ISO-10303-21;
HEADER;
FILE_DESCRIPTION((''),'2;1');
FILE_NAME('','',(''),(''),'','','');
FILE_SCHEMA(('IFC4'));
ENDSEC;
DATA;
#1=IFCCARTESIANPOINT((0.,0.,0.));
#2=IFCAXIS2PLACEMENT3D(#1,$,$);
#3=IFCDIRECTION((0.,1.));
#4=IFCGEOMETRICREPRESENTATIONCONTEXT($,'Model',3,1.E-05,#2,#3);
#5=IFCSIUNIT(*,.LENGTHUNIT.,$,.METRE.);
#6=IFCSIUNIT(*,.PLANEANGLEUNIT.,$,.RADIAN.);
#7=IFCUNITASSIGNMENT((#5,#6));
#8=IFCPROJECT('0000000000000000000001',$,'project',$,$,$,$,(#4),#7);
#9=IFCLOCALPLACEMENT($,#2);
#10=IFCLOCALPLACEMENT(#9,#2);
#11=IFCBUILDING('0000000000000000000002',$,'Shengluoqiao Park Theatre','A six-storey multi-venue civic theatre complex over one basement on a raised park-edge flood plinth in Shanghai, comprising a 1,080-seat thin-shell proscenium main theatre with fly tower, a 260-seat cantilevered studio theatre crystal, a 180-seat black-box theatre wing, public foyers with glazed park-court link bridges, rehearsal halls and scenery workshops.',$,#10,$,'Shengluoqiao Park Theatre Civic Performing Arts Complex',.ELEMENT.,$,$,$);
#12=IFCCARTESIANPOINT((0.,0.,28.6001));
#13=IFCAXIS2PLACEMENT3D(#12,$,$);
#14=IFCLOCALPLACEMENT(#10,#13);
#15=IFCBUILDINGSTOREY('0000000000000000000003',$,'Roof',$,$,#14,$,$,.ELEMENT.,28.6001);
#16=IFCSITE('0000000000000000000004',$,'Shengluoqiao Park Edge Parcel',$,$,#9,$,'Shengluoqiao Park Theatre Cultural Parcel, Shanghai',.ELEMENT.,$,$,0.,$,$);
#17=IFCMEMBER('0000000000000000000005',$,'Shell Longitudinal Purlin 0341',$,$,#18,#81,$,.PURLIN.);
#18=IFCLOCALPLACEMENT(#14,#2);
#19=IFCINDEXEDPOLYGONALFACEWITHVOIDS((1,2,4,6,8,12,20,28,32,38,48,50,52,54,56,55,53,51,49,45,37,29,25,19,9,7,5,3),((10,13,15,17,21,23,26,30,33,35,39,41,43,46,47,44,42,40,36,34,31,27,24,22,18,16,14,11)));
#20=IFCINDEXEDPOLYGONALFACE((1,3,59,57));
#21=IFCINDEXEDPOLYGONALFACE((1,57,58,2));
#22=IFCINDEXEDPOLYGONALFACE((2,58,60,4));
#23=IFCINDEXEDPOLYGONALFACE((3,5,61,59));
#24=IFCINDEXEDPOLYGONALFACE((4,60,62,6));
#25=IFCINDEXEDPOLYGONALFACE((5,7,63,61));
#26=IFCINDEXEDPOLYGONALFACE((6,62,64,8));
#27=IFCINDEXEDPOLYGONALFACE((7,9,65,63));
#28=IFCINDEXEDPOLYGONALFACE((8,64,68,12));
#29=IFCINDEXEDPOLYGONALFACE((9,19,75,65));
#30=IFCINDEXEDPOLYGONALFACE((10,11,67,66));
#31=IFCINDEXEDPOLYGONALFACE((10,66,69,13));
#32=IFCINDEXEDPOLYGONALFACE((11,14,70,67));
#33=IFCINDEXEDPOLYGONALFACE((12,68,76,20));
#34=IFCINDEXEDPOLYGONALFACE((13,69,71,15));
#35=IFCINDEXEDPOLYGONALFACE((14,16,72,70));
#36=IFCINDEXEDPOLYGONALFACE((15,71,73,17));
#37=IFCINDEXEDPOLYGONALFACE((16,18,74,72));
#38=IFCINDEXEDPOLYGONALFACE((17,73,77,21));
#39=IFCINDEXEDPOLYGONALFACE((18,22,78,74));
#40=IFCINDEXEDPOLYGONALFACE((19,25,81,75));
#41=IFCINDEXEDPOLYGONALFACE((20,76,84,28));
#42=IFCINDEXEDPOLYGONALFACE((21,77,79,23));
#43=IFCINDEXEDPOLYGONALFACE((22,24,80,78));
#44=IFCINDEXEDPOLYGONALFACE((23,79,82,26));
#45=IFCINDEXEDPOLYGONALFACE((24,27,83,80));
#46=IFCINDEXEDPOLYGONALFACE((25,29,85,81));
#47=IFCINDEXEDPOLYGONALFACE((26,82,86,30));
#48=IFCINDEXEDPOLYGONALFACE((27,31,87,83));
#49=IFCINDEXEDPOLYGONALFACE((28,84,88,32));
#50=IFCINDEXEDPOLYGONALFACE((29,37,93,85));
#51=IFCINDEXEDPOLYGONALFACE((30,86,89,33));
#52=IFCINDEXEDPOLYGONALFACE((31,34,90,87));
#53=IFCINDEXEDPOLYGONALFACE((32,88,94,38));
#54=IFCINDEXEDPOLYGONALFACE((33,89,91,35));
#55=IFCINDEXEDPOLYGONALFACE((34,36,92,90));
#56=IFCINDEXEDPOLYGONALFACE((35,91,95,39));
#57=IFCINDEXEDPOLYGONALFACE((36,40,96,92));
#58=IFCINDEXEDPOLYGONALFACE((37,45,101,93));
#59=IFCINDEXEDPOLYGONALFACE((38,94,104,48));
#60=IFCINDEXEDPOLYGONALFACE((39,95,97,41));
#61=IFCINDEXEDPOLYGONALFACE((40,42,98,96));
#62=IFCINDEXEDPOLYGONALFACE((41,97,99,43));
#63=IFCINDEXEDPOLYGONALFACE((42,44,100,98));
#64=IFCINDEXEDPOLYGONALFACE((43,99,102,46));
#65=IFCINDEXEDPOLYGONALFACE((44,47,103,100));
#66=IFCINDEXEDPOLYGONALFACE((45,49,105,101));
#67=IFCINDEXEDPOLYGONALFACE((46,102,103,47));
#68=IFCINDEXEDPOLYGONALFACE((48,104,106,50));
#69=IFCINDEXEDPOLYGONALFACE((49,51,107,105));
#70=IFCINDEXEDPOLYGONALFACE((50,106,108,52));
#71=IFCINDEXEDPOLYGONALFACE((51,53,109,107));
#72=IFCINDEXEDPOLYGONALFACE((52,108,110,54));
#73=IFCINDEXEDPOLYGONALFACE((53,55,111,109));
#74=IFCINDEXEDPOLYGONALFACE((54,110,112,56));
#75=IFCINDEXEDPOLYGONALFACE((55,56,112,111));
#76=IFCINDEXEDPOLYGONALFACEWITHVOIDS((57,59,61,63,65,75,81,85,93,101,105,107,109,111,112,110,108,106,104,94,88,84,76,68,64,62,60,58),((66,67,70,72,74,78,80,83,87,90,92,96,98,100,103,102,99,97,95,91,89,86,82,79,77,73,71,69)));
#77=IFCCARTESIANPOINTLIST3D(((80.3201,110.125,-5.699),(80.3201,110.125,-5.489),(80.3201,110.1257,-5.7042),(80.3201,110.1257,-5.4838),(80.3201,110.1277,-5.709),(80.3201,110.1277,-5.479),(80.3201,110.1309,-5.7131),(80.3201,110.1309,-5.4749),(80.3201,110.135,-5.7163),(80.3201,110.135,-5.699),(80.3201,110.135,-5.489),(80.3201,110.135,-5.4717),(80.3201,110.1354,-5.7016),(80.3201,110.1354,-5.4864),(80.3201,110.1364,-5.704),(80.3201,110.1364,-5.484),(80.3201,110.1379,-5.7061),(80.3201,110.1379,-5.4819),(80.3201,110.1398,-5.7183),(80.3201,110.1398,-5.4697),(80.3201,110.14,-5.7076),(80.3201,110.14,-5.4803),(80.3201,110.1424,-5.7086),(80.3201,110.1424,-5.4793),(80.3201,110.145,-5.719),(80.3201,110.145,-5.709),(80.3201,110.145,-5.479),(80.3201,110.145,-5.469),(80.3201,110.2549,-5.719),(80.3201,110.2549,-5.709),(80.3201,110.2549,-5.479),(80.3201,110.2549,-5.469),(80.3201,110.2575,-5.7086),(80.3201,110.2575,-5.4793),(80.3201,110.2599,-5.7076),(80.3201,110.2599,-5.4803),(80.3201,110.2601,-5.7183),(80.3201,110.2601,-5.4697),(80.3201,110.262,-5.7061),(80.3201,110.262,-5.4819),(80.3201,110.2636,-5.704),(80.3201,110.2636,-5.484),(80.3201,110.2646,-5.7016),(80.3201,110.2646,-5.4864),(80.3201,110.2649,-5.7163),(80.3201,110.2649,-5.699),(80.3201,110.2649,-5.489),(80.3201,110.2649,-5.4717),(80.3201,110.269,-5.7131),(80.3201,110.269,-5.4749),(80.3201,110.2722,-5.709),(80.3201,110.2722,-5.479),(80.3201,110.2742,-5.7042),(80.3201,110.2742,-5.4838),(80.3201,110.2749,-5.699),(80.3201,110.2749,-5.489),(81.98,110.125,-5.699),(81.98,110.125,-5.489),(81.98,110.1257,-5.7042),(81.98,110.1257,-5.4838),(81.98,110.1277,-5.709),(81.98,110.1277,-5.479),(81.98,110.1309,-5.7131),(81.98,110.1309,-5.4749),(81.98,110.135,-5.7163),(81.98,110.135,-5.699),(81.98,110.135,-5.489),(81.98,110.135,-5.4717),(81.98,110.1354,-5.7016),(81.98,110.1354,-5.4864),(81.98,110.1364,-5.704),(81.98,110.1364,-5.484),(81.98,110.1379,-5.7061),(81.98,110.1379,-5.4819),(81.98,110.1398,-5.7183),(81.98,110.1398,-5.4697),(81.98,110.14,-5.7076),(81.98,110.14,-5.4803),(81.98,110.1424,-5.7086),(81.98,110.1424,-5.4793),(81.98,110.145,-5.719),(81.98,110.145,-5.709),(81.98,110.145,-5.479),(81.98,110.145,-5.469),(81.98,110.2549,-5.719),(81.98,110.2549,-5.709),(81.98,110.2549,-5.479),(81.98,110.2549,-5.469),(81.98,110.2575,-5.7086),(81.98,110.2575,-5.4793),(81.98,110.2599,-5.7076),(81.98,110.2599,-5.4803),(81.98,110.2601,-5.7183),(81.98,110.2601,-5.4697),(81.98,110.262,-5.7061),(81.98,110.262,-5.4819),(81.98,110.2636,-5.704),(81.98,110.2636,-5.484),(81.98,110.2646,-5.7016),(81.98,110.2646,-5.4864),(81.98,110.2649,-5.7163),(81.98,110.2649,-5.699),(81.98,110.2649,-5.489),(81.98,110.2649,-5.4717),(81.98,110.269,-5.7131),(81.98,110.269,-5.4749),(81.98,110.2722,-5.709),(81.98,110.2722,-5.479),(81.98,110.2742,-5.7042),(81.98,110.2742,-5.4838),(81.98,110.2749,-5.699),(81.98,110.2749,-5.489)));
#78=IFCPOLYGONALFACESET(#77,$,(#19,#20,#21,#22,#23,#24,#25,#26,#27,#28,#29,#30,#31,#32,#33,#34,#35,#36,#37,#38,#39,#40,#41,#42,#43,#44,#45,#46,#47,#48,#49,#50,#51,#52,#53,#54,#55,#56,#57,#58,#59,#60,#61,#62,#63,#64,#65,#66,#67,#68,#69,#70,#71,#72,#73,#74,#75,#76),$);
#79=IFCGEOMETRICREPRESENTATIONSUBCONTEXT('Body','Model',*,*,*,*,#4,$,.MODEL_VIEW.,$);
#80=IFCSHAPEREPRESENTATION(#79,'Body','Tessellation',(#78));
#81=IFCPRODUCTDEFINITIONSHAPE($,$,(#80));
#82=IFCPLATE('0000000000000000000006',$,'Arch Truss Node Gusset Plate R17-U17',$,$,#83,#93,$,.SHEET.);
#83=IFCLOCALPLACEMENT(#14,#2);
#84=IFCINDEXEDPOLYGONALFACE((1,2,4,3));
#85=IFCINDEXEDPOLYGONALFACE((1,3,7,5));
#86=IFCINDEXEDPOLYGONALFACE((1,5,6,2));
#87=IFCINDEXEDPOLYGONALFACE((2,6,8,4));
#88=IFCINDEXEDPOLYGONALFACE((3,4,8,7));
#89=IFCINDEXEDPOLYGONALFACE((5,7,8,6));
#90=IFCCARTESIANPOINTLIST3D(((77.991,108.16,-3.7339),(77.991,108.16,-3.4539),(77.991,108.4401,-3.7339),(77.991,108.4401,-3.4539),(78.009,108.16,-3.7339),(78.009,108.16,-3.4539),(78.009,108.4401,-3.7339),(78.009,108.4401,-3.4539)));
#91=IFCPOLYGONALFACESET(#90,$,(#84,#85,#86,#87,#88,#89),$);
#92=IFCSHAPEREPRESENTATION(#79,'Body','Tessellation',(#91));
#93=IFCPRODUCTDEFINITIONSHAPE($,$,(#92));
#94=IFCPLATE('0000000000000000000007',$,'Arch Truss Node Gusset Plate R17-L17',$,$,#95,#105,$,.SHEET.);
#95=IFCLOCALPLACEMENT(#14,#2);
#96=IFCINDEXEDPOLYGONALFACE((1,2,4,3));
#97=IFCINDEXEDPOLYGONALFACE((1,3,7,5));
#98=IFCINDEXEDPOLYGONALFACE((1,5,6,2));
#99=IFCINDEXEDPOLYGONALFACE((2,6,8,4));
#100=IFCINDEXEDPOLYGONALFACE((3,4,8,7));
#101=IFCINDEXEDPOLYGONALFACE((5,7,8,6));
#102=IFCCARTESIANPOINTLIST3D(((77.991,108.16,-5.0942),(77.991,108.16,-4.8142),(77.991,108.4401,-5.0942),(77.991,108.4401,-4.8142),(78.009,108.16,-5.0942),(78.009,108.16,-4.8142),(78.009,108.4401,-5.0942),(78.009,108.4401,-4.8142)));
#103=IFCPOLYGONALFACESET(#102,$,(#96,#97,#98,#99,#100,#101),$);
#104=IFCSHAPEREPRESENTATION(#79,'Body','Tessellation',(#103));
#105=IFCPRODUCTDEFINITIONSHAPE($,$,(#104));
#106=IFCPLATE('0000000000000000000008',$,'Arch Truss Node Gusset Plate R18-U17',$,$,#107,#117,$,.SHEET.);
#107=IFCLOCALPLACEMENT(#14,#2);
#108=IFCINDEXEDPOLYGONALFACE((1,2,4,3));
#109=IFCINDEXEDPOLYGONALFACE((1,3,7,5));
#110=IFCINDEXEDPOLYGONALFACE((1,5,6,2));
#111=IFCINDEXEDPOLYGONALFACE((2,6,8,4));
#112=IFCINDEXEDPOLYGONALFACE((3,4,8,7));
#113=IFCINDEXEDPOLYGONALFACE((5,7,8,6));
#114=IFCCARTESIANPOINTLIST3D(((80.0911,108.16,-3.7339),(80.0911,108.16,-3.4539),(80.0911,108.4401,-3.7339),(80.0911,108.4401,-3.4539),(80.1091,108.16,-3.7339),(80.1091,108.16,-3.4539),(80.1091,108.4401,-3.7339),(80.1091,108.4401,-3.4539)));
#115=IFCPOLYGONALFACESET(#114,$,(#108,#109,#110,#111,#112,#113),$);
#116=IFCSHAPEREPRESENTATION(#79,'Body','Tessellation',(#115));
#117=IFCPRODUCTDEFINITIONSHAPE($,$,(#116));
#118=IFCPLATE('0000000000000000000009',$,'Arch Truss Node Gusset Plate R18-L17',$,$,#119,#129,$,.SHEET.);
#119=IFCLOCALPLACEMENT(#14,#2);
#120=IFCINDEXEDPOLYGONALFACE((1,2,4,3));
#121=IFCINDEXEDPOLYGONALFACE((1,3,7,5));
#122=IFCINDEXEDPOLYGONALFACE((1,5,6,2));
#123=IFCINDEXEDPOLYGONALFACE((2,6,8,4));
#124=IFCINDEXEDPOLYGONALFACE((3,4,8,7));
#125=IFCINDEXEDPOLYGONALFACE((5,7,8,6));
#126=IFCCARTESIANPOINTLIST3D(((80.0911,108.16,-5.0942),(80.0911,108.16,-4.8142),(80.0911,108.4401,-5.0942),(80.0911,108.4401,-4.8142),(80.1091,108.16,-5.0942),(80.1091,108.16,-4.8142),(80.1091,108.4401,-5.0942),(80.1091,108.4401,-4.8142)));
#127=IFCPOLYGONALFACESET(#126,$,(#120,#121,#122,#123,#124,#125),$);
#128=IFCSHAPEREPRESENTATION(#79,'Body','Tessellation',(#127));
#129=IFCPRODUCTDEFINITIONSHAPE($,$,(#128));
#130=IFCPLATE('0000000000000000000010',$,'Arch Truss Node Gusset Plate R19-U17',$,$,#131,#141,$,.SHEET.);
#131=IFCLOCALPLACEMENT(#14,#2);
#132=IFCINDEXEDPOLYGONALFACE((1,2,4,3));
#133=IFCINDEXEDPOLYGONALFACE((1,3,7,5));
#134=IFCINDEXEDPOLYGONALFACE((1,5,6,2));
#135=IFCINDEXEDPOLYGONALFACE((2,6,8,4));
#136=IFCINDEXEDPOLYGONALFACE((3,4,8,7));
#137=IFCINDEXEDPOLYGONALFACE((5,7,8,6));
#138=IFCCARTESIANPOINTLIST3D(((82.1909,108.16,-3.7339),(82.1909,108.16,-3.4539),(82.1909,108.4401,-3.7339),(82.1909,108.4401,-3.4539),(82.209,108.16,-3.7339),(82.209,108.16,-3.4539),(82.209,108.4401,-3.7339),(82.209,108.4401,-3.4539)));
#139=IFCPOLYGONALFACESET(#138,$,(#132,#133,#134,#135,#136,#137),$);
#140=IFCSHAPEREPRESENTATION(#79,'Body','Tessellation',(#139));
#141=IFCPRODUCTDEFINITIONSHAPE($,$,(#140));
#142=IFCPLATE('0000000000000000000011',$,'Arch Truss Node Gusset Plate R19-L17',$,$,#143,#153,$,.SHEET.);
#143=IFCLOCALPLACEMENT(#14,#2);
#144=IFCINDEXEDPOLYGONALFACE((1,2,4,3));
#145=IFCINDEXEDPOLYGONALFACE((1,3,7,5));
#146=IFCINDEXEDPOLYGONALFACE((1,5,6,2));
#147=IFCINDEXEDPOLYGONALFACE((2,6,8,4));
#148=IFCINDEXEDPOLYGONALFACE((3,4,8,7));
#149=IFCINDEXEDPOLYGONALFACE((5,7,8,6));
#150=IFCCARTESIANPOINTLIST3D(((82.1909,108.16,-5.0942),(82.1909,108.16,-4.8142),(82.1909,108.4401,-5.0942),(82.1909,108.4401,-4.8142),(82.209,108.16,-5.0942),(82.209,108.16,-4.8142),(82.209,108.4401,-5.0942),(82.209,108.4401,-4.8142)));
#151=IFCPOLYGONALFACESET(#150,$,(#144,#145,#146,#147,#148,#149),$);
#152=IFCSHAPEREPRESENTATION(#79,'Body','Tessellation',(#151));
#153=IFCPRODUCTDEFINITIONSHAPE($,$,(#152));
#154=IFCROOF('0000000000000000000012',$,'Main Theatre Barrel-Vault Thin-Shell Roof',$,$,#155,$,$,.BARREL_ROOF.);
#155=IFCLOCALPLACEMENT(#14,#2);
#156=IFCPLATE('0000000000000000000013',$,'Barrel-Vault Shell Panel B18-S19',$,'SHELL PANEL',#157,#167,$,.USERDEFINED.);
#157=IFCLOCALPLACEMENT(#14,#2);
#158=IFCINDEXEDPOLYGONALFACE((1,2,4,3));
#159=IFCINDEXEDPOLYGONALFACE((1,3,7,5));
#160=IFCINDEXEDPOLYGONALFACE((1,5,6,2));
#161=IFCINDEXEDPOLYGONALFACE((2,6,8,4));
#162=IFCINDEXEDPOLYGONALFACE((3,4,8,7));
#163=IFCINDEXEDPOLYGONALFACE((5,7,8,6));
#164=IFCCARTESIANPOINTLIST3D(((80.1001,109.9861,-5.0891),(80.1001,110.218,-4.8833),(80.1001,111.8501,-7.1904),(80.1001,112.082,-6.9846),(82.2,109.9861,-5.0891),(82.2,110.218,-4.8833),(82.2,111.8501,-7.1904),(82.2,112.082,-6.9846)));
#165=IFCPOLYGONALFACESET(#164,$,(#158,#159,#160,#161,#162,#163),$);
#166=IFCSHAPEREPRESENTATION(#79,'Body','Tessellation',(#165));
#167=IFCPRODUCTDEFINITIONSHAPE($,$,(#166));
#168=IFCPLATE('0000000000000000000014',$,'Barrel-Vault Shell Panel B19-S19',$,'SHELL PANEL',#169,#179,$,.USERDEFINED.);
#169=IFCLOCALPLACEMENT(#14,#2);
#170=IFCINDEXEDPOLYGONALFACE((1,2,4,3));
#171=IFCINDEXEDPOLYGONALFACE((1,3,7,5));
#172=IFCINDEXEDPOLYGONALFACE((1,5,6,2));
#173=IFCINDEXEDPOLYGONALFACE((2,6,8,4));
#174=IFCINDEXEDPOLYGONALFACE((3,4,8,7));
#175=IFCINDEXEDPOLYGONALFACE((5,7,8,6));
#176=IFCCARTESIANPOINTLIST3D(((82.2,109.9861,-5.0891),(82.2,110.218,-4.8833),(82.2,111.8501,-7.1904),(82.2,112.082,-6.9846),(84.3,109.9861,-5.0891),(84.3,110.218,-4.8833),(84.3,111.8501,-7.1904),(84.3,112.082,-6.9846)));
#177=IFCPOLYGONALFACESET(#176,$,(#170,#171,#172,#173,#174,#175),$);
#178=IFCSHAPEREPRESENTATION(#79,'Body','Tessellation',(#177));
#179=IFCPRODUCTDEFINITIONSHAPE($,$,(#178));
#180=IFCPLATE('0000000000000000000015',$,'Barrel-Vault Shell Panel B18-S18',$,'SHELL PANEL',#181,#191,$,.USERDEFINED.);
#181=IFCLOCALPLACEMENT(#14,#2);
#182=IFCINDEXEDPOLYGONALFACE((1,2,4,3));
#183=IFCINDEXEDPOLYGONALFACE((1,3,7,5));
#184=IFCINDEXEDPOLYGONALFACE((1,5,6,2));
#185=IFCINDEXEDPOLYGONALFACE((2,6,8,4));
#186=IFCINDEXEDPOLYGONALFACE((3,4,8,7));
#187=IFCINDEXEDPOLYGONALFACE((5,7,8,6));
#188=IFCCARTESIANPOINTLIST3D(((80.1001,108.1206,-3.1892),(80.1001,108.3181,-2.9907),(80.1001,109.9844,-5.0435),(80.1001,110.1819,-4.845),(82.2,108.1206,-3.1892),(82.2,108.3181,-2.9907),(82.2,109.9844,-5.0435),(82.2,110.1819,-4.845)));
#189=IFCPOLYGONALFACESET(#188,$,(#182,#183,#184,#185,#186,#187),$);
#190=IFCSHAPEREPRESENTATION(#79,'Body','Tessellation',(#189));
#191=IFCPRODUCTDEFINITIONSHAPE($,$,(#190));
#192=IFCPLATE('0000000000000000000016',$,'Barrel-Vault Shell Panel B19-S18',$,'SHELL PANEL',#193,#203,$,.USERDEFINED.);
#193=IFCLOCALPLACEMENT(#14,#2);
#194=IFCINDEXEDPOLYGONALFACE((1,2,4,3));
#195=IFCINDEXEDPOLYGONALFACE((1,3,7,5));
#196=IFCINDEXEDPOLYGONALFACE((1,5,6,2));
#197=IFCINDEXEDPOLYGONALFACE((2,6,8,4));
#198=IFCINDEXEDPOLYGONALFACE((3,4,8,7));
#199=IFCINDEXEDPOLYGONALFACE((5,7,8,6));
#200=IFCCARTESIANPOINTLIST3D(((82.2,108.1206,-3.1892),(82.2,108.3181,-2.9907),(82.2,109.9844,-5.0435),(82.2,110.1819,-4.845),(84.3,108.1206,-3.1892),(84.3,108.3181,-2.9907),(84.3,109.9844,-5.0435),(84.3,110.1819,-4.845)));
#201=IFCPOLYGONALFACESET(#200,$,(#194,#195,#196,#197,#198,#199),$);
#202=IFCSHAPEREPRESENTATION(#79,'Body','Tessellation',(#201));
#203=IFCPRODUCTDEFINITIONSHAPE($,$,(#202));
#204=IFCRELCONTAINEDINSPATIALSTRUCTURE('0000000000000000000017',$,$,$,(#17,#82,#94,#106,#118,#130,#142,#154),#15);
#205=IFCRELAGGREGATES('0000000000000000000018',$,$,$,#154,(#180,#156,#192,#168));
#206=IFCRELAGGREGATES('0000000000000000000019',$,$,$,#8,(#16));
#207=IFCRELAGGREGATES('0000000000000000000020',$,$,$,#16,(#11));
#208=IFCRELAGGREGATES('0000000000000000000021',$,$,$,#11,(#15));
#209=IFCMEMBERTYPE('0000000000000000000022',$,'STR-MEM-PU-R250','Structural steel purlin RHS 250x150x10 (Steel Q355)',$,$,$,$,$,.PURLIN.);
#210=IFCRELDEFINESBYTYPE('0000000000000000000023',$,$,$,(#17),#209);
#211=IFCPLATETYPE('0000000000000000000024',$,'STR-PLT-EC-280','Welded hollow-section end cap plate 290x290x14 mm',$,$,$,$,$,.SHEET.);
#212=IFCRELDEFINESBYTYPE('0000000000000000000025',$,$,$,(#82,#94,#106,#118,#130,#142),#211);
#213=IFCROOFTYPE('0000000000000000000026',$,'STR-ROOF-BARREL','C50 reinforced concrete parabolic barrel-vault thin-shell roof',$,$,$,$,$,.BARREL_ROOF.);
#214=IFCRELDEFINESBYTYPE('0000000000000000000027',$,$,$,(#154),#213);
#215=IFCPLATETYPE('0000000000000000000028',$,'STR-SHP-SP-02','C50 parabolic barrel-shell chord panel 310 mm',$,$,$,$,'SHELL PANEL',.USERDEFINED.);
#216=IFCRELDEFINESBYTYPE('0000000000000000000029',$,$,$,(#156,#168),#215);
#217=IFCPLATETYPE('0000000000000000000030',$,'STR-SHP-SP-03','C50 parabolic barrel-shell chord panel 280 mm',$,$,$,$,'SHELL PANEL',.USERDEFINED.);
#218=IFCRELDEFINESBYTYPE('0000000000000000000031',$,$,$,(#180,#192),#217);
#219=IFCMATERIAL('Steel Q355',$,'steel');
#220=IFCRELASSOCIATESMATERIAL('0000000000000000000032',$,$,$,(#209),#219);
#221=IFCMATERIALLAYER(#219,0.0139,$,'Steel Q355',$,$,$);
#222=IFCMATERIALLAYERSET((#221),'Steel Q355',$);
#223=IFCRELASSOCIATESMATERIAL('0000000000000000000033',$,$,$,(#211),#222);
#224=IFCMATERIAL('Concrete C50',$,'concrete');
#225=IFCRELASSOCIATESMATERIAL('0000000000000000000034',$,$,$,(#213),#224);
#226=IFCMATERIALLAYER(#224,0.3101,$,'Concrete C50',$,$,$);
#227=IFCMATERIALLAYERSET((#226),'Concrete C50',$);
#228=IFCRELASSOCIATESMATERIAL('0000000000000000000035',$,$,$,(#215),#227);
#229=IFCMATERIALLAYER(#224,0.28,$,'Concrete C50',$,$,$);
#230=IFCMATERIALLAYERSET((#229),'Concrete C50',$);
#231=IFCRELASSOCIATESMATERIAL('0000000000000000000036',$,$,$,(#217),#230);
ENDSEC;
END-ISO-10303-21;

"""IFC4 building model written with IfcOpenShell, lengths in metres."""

from ifc_helpers import new_model, si_unit, direction, frame, origin, origin_2d, place, context, subcontext, project, spatial, polyline, rectangle, hollow_rectangle, outline, extrude, material, layer, layer_set, material_profile, profile_set, type_object, element, aggregate, save


model = new_model("IFC4")

# Units and contexts
model_context = context("Model", 3, precision=1e-05, world=origin(), true_north=direction((0.0, 1.0)))
body_context = subcontext(model_context, "Body", "Model", "MODEL_VIEW")
ifc_project = project(units=[si_unit("LENGTHUNIT", "METRE"), si_unit("PLANEANGLEUNIT", "RADIAN")], contexts=[model_context])

# Site, building, storey
site_placement = place(None, origin())
site = spatial("IfcSite", under=ifc_project, at=site_placement, Name="Shengluoqiao Park Edge Parcel", LongName="Shengluoqiao Park Theatre Cultural Parcel, Shanghai", CompositionType="ELEMENT", RefElevation=0.0)
building_placement = place(site_placement, origin())
building = spatial("IfcBuilding", under=site, at=building_placement, Name="Shengluoqiao Park Theatre", Description="A six-storey multi-venue civic theatre complex over one basement on a raised park-edge flood plinth in Shanghai, comprising a 1,080-seat thin-shell proscenium main theatre with fly tower, a 260-seat cantilevered studio theatre crystal, a 180-seat black-box theatre wing, public foyers with glazed park-court link bridges, rehearsal halls and scenery workshops.", LongName="Shengluoqiao Park Theatre Civic Performing Arts Complex", CompositionType="ELEMENT")
storey_placement = place(building_placement, frame((0.0, 0.0, 28.6001)))
storey = spatial("IfcBuildingStorey", under=building, at=storey_placement, Name="Roof", CompositionType="ELEMENT", Elevation=28.6001)

# Shared definitions
ifc_material_1 = material(Name="Concrete C50", Category="concrete")
ifc_material_2 = material(Name="Steel Q355", Category="steel")

# Member
ifc_material_profile_1 = material_profile(ifc_material_2, hollow_rectangle(XDim=0.1499, YDim=0.25, WallThickness=0.01, InnerFilletRadius=0.01, OuterFilletRadius=0.02, at=origin_2d()), Name="RHS 250x150x10")
ifc_profile_set_1 = profile_set([ifc_material_profile_1], Name="Steel Q355")
member_type_1 = type_object("IfcMemberType", Name="STR-MEM-PU-R250", Description="Structural steel purlin RHS 250x150x10 (Steel Q355)", PredefinedType="PURLIN", material=ifc_profile_set_1)
member_1_placement = place(storey_placement, frame((80.3201, 110.2, -5.594), z_axis=(1.0, 0.0, 0.0), x_axis=(0.0, 1.0, 0.0)))
element("IfcMember", 1, at=member_1_placement, inside=storey, type_object=member_type_1, Name="Shell Longitudinal Purlin 0341", PredefinedType="PURLIN", context=body_context, shape_type="SweptSolid", body=[
    extrude(hollow_rectangle(XDim=0.1499, YDim=0.25, WallThickness=0.01, InnerFilletRadius=0.01, OuterFilletRadius=0.02, at=origin_2d()), origin(), (0.0, 0.0, 1.0), 1.6599),
])

# Plates
ifc_layer_1 = layer(ifc_material_2, 0.0139, Name="Steel Q355")
ifc_layer_set_1 = layer_set([ifc_layer_1], Name="Steel Q355")
plate_type_1 = type_object("IfcPlateType", Name="STR-PLT-EC-280", Description="Welded hollow-section end cap plate 290x290x14 mm", PredefinedType="SHEET", material=ifc_layer_set_1)
for number, where, z_axis, x_axis, name in (
    (2, (78.0, 108.3, -3.7339), (0.0, 0.0, 1.0), (1.0, 0.0, 0.0), "Arch Truss Node Gusset Plate R17-U17"),
    (3, (78.0, 108.3, -5.0942), (0.0, 0.0, 1.0), (1.0, 0.0, 0.0), "Arch Truss Node Gusset Plate R17-L17"),
    (4, (80.1001, 108.3, -3.7339), (0.0, 0.0, 1.0), (1.0, 0.0, 0.0), "Arch Truss Node Gusset Plate R18-U17"),
    (5, (80.1001, 108.3, -5.0942), (0.0, 0.0, 1.0), (1.0, 0.0, 0.0), "Arch Truss Node Gusset Plate R18-L17"),
    (6, (82.2, 108.3, -3.7339), (0.0, 0.0, 1.0), (1.0, 0.0, 0.0), "Arch Truss Node Gusset Plate R19-U17"),
    (7, (82.2, 108.3, -5.0942), (0.0, 0.0, 1.0), (1.0, 0.0, 0.0), "Arch Truss Node Gusset Plate R19-L17"),
):
    element("IfcPlate", number, at=place(storey_placement, frame(where, z_axis=z_axis, x_axis=x_axis)), inside=storey, type_object=plate_type_1, Name=name, PredefinedType="SHEET", context=body_context, shape_type="SweptSolid", body=[
        extrude(rectangle(XDim=0.0181, YDim=0.28, at=origin_2d()), origin(), (0.0, 0.0, 1.0), 0.28),
    ])

# Roof, plates
roof_type = type_object("IfcRoofType", Name="STR-ROOF-BARREL", Description="C50 reinforced concrete parabolic barrel-vault thin-shell roof", PredefinedType="BARREL_ROOF", material=ifc_material_1)
roof_placement = place(storey_placement, origin())
roof = element("IfcRoof", 8, at=roof_placement, inside=storey, type_object=roof_type, Name="Main Theatre Barrel-Vault Thin-Shell Roof", PredefinedType="BARREL_ROOF")
ifc_layer_2 = layer(ifc_material_1, 0.3101, Name="Concrete C50")
ifc_layer_set_2 = layer_set([ifc_layer_2], Name="Concrete C50")
plate_type_2 = type_object("IfcPlateType", Name="STR-SHP-SP-02", Description="C50 parabolic barrel-shell chord panel 310 mm", ElementType="SHELL PANEL", PredefinedType="USERDEFINED", material=ifc_layer_set_2)
plate_1_placement = place(storey_placement, frame((80.1001, 110.218, -4.8833), z_axis=(0.0, 0.748085, 0.663603), x_axis=(1.0, 0.0, 0.0)))
plate_1 = element("IfcPlate", 9, at=plate_1_placement, type_object=plate_type_2, Name="Barrel-Vault Shell Panel B18-S19", ObjectType="SHELL PANEL", PredefinedType="USERDEFINED", context=body_context, shape_type="SweptSolid", body=[
    extrude(outline(polyline([(0.0, 0.0), (2.0999, 0.0), (2.0999, 2.8089), (0.0, 2.8089), (0.0, 0.0)])), origin(), (0.0, 0.0, -1.0), 0.3101),
])
plate_2_placement = place(storey_placement, frame((82.2, 110.218, -4.8833), z_axis=(0.0, 0.748085, 0.663603), x_axis=(1.0, 0.0, 0.0)))
plate_2 = element("IfcPlate", 10, at=plate_2_placement, type_object=plate_type_2, Name="Barrel-Vault Shell Panel B19-S19", ObjectType="SHELL PANEL", PredefinedType="USERDEFINED", context=body_context, shape_type="SweptSolid", body=[
    extrude(outline(polyline([(0.0, 0.0), (2.1001, 0.0), (2.1001, 2.8089), (0.0, 2.8089), (0.0, 0.0)])), origin(), (0.0, 0.0, -1.0), 0.3101),
])
ifc_layer_3 = layer(ifc_material_1, 0.28, Name="Concrete C50")
ifc_layer_set_3 = layer_set([ifc_layer_3], Name="Concrete C50")
plate_type_3 = type_object("IfcPlateType", Name="STR-SHP-SP-03", Description="C50 parabolic barrel-shell chord panel 280 mm", ElementType="SHELL PANEL", PredefinedType="USERDEFINED", material=ifc_layer_set_3)
plate_3_placement = place(storey_placement, frame((80.1001, 108.3181, -2.9907), z_axis=(0.0, 0.705294, 0.708915), x_axis=(1.0, 0.0, 0.0)))
plate_3 = element("IfcPlate", 11, at=plate_3_placement, type_object=plate_type_3, Name="Barrel-Vault Shell Panel B18-S18", ObjectType="SHELL PANEL", PredefinedType="USERDEFINED", context=body_context, shape_type="SweptSolid", body=[
    extrude(outline(polyline([(0.0, 0.0), (2.0999, 0.0), (2.0999, 2.629), (0.0, 2.629), (0.0, 0.0)])), origin(), (0.0, 0.0, -1.0), 0.28),
])
plate_4_placement = place(storey_placement, frame((82.2, 108.3181, -2.9907), z_axis=(0.0, 0.705294, 0.708915), x_axis=(1.0, 0.0, 0.0)))
plate_4 = element("IfcPlate", 12, at=plate_4_placement, type_object=plate_type_3, Name="Barrel-Vault Shell Panel B19-S18", ObjectType="SHELL PANEL", PredefinedType="USERDEFINED", context=body_context, shape_type="SweptSolid", body=[
    extrude(outline(polyline([(0.0, 0.0), (2.1001, 0.0), (2.1001, 2.629), (0.0, 2.629), (0.0, 0.0)])), origin(), (0.0, 0.0, -1.0), 0.28),
])
aggregate(roof, [plate_3, plate_1, plate_4, plate_2])

save(model, "model.ifc")
